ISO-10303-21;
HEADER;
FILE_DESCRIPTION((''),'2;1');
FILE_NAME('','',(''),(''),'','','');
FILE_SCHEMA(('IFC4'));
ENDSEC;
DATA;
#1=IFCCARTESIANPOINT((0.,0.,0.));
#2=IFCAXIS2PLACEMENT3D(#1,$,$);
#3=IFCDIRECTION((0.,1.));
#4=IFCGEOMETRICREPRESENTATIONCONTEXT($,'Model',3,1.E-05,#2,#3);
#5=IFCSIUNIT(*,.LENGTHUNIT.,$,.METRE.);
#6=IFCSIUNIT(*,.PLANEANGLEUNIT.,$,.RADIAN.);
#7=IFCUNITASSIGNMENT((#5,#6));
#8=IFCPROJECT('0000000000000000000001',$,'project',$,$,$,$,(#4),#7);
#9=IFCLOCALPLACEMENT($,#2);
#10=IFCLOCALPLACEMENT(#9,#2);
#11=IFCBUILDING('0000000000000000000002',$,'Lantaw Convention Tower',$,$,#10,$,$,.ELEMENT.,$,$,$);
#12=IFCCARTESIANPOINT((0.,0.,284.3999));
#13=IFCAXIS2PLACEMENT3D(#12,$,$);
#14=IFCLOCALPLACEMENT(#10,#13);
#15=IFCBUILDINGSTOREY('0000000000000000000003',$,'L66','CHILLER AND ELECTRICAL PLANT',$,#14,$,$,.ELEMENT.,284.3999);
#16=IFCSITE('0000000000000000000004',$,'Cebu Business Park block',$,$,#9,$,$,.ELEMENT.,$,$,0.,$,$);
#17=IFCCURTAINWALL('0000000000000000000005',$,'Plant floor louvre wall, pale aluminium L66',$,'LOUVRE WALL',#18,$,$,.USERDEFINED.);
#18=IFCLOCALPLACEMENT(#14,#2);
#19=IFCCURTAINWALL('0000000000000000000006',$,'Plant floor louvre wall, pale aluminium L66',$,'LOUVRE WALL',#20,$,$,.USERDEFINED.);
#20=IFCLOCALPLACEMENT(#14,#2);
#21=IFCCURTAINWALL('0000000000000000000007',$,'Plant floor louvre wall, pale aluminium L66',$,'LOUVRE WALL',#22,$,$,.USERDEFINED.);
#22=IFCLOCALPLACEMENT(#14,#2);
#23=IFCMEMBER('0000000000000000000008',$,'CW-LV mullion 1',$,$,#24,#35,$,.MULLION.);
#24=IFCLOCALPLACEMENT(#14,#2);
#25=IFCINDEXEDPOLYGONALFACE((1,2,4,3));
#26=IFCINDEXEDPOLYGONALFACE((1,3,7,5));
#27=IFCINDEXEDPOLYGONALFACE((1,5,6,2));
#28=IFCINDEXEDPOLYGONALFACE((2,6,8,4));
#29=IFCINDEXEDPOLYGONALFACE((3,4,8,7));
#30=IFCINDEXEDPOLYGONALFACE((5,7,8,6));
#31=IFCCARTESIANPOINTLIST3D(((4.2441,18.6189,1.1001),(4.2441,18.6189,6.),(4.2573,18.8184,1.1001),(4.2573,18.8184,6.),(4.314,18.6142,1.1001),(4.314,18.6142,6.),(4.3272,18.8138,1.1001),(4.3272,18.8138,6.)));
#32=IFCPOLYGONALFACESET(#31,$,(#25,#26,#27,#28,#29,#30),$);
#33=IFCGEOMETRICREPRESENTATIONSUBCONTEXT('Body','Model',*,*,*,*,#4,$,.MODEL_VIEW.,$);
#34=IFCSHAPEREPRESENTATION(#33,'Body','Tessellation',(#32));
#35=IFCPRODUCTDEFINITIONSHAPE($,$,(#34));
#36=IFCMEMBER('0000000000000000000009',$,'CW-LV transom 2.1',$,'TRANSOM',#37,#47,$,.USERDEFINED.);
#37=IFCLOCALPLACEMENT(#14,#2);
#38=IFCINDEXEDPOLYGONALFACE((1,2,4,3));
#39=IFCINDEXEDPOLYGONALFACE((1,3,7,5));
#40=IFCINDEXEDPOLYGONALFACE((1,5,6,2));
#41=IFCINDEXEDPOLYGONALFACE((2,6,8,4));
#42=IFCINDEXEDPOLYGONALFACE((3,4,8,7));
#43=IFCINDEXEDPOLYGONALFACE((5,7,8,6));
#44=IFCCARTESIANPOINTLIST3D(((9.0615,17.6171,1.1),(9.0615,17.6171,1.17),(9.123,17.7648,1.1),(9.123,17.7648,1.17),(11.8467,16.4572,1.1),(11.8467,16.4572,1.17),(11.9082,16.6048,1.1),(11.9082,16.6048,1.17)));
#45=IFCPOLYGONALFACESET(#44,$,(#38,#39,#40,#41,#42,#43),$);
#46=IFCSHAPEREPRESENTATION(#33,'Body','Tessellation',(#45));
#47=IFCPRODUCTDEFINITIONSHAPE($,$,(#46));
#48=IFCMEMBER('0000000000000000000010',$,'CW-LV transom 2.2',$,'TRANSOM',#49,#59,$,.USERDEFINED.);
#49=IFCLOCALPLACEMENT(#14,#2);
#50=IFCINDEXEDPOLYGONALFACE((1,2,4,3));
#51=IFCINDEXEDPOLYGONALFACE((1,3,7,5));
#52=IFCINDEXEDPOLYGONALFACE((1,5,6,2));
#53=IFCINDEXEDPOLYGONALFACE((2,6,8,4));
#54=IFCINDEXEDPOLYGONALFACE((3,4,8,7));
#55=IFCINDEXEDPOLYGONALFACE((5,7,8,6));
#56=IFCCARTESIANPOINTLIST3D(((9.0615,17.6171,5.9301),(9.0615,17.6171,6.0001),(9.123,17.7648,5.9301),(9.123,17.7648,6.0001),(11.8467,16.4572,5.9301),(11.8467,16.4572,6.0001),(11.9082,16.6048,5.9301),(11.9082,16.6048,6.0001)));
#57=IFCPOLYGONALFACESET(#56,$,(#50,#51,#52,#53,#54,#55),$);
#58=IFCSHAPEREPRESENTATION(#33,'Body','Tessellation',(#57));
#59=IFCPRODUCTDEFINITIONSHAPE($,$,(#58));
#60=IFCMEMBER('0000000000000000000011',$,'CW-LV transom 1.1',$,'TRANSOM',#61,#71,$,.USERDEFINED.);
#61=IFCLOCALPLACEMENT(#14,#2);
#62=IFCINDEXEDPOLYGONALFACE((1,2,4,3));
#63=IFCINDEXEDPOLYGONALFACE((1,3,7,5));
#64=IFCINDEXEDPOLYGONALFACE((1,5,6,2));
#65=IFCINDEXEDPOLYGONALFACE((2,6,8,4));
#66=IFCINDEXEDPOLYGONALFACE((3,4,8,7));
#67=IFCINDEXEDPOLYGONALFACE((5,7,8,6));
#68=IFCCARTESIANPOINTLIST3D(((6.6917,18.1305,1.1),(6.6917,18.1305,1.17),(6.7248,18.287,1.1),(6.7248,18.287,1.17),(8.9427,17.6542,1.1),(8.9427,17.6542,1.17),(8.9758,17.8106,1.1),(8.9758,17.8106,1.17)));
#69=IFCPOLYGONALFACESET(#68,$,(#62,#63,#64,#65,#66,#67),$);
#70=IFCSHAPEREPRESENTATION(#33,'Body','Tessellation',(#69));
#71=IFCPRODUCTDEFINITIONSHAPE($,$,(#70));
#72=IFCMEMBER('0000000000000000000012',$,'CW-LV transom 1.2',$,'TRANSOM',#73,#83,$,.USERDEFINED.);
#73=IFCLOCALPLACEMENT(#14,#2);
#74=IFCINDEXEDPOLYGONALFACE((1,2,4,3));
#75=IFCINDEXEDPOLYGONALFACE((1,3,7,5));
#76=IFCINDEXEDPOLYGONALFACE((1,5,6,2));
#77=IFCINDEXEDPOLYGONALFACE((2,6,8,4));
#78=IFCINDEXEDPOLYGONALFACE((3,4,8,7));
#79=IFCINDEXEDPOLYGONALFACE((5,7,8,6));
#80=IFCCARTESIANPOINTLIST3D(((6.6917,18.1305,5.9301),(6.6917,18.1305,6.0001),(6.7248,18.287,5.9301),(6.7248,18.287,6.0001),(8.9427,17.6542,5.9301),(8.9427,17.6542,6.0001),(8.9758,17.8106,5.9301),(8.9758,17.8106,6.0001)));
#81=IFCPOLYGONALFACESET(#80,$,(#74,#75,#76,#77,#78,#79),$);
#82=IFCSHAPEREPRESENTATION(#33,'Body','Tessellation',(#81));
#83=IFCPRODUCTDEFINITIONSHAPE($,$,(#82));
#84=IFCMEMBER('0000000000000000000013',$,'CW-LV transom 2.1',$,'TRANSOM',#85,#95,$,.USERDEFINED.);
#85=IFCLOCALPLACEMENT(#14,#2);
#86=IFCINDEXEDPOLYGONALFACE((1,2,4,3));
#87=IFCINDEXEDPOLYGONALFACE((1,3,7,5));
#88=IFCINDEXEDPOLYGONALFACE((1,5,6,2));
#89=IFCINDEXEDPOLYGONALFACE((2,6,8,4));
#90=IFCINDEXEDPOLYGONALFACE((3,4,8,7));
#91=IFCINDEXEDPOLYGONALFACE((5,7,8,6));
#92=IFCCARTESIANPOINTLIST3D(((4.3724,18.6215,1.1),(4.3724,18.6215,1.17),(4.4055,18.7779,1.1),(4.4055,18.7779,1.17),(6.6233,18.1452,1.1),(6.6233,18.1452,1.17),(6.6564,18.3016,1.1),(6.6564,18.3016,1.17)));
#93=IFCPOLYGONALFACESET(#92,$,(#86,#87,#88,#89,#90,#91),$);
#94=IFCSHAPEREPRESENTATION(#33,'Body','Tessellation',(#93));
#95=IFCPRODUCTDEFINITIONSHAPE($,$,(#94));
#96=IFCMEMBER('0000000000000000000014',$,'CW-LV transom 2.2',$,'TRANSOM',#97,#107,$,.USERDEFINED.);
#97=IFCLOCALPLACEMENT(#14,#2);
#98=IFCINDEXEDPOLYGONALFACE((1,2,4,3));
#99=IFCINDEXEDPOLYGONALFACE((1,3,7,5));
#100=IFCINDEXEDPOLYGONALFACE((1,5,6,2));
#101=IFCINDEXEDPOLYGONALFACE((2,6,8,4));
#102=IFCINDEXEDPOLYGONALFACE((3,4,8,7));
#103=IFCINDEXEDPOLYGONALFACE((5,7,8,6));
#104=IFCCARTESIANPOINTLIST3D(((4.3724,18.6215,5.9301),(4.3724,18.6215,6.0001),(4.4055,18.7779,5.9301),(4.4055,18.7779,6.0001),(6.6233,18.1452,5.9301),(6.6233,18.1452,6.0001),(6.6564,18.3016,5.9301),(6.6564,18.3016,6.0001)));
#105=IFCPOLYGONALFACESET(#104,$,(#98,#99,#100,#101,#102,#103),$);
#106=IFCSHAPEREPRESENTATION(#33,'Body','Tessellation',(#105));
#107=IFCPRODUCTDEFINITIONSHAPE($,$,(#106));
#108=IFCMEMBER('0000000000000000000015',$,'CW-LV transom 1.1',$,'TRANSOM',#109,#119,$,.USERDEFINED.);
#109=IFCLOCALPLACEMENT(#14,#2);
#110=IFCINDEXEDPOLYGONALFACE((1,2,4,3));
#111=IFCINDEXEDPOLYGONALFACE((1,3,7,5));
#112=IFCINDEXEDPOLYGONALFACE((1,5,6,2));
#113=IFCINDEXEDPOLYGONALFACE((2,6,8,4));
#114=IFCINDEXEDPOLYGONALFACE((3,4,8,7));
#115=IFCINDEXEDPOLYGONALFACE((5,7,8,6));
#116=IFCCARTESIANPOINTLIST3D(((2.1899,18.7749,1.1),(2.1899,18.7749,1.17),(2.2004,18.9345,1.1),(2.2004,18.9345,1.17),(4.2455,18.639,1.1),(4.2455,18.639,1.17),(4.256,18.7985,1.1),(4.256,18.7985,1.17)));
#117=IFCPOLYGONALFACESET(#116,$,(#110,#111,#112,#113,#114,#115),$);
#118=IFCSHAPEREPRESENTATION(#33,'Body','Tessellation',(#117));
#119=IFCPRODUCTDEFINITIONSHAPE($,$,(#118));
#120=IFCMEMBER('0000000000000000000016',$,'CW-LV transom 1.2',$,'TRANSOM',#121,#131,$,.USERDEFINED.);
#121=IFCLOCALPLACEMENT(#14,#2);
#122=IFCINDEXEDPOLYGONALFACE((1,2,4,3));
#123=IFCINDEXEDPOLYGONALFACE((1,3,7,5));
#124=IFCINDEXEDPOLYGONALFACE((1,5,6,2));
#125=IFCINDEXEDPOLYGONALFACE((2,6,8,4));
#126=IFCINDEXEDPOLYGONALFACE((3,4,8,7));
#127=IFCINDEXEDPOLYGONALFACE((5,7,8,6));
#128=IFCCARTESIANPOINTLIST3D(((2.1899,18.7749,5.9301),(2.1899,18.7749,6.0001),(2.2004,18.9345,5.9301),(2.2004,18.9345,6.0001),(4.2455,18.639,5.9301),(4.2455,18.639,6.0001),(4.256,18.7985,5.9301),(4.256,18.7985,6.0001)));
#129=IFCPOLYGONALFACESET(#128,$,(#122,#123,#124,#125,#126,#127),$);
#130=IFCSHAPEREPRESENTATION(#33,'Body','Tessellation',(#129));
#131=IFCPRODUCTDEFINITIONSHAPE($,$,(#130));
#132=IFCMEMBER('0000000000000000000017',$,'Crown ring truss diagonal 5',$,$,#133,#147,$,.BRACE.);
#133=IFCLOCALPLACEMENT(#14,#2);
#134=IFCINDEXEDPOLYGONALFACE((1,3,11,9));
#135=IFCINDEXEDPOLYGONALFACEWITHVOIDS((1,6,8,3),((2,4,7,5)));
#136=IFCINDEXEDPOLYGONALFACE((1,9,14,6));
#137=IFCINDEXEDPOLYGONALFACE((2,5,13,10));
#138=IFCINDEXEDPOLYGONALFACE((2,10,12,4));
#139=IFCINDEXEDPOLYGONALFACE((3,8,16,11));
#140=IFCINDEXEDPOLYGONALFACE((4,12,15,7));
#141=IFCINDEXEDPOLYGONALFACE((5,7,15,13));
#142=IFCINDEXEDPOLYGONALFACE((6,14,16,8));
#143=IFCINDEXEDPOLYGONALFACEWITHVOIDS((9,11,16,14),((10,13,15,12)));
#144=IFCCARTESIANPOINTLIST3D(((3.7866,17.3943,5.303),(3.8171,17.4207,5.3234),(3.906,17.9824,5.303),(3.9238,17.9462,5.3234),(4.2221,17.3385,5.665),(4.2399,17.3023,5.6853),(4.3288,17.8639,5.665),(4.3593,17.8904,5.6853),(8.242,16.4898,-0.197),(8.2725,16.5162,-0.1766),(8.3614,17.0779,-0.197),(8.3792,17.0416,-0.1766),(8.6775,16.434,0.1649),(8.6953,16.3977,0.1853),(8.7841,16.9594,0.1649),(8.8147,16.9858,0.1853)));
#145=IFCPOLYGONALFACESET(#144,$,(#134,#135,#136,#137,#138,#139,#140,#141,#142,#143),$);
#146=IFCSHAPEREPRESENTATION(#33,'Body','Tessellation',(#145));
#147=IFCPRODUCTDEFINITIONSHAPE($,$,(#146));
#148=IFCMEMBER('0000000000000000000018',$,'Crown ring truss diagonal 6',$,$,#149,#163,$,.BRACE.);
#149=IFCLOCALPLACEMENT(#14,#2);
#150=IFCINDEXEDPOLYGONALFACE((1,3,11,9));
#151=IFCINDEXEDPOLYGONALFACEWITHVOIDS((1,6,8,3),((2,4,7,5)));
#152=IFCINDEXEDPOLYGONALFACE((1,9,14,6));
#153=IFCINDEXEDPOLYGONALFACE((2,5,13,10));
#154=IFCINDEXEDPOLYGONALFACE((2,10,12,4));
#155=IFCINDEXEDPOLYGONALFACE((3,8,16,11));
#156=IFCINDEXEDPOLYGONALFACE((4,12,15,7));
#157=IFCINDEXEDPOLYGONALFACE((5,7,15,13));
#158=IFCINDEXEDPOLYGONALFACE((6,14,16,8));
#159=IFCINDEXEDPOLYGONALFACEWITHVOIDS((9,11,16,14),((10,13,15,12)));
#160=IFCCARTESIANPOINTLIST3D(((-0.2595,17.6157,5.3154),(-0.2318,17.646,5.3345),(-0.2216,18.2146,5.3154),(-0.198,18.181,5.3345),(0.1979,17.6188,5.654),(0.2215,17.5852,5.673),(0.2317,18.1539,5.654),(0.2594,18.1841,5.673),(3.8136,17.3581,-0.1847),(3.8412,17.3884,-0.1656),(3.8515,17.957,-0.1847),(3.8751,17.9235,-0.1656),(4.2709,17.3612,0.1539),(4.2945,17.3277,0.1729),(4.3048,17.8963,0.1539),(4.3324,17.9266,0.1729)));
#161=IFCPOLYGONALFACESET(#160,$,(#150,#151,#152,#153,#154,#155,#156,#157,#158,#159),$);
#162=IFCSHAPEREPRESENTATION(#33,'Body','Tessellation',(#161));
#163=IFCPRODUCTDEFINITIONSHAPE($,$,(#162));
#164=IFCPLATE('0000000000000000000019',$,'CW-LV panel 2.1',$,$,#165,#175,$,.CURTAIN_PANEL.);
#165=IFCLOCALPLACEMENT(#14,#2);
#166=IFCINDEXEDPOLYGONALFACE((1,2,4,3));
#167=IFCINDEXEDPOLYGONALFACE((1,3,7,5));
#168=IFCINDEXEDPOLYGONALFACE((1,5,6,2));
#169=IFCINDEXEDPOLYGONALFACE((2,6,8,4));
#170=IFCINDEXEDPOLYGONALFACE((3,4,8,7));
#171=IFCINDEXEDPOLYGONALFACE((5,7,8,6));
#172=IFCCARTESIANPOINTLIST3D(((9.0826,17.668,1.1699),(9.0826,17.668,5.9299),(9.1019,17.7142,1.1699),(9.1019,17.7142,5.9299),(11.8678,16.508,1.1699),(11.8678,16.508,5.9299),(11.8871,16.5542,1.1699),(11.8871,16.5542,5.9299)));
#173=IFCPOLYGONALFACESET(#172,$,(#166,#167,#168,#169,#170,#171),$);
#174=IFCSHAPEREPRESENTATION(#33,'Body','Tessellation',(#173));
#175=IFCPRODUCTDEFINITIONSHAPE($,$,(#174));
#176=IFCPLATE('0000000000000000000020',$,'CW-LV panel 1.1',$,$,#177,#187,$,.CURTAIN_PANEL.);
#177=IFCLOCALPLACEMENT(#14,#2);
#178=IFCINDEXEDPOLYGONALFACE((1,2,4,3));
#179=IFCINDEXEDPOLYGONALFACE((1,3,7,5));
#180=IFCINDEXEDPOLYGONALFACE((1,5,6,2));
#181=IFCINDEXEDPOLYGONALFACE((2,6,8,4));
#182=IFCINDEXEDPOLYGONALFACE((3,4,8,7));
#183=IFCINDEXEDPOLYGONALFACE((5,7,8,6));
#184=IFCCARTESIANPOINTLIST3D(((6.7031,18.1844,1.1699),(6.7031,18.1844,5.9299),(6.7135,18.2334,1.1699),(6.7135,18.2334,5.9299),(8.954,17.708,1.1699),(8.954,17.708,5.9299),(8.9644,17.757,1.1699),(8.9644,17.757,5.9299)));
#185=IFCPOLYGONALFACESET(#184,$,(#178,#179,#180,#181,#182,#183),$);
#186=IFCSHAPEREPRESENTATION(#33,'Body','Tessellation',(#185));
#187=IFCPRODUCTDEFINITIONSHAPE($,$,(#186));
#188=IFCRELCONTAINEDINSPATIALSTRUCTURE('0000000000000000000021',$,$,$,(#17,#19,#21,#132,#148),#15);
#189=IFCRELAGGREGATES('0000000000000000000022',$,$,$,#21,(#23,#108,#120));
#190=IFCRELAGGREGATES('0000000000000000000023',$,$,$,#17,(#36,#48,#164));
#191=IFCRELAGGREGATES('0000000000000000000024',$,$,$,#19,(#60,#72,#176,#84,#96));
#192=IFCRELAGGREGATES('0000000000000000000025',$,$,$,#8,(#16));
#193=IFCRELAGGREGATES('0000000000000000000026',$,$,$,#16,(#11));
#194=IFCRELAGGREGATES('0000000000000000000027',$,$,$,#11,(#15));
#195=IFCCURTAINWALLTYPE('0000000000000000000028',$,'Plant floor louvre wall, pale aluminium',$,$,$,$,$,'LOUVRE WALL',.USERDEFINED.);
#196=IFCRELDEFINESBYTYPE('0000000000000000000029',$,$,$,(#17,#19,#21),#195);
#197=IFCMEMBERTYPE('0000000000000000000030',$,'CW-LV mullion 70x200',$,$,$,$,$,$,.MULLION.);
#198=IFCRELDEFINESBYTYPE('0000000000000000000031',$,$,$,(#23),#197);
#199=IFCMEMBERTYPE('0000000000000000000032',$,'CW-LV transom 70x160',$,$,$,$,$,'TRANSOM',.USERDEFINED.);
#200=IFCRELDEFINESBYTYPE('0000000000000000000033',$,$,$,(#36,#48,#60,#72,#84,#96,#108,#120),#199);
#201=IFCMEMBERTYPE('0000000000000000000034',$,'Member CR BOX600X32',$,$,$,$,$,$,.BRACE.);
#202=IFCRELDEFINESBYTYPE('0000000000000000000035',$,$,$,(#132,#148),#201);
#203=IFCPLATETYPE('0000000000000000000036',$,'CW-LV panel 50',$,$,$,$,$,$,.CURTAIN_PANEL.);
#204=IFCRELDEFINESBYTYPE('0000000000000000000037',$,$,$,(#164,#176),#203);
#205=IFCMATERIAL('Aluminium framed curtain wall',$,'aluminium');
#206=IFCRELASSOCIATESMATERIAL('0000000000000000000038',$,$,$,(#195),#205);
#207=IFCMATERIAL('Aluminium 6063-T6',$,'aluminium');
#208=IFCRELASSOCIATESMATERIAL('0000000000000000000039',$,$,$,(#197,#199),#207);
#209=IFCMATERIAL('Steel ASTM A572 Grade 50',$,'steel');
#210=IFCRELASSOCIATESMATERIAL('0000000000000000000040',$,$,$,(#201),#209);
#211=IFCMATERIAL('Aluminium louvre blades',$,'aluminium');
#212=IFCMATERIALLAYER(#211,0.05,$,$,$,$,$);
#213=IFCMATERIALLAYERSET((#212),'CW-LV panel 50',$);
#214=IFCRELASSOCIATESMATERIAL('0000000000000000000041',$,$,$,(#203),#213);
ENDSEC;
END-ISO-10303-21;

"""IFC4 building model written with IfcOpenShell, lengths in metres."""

from ifc_helpers import new_model, si_unit, direction, frame, origin, origin_2d, place, context, subcontext, project, spatial, rectangle, hollow_rectangle, extrude, material, layer, layer_set, material_profile, profile_set, type_object, element, aggregate, save


model = new_model("IFC4")

# Units and contexts
model_context = context("Model", 3, precision=1e-05, world=origin(), true_north=direction((0.0, 1.0)))
body_context = subcontext(model_context, "Body", "Model", "MODEL_VIEW")
ifc_project = project(units=[si_unit("LENGTHUNIT", "METRE"), si_unit("PLANEANGLEUNIT", "RADIAN")], contexts=[model_context])

# Site, building, storey
site_placement = place(None, origin())
site = spatial("IfcSite", under=ifc_project, at=site_placement, Name="Cebu Business Park block", CompositionType="ELEMENT", RefElevation=0.0)
building_placement = place(site_placement, origin())
building = spatial("IfcBuilding", under=site, at=building_placement, Name="Lantaw Convention Tower", CompositionType="ELEMENT")
storey_placement = place(building_placement, frame((0.0, 0.0, 284.3999)))
storey = spatial("IfcBuildingStorey", under=building, at=storey_placement, Name="L66", Description="CHILLER AND ELECTRICAL PLANT", CompositionType="ELEMENT", Elevation=284.3999)

# Shared definitions
ifc_material_1 = material(Name="Steel ASTM A572 Grade 50", Category="steel")

# Curtain walls
ifc_material_2 = material(Name="Aluminium framed curtain wall", Category="aluminium")
curtain_wall_type = type_object("IfcCurtainWallType", Name="Plant floor louvre wall, pale aluminium", ElementType="LOUVRE WALL", PredefinedType="USERDEFINED", material=ifc_material_2)
curtain_wall_1_placement = place(storey_placement, origin())
curtain_wall_1 = element("IfcCurtainWall", 1, at=curtain_wall_1_placement, inside=storey, type_object=curtain_wall_type, Name="Plant floor louvre wall, pale aluminium L66", ObjectType="LOUVRE WALL", PredefinedType="USERDEFINED")
ifc_material_3 = material(Name="Aluminium 6063-T6", Category="aluminium")
ifc_material_profile_1 = material_profile(ifc_material_3, rectangle(XDim=0.2, YDim=0.0701, at=origin_2d()), Name="CW-LV mullion 70x200")
ifc_profile_set_1 = profile_set([ifc_material_profile_1], Name="Aluminium 6063-T6")
member_type_1 = type_object("IfcMemberType", Name="CW-LV mullion 70x200", PredefinedType="MULLION", material=ifc_profile_set_1)
curtain_wall_2_placement = place(storey_placement, origin())
curtain_wall_2 = element("IfcCurtainWall", 2, at=curtain_wall_2_placement, inside=storey, type_object=curtain_wall_type, Name="Plant floor louvre wall, pale aluminium L66", ObjectType="LOUVRE WALL", PredefinedType="USERDEFINED")

# Curtain wall, member
curtain_wall_3_placement = place(storey_placement, origin())
curtain_wall_3 = element("IfcCurtainWall", 3, at=curtain_wall_3_placement, inside=storey, type_object=curtain_wall_type, Name="Plant floor louvre wall, pale aluminium L66", ObjectType="LOUVRE WALL", PredefinedType="USERDEFINED")
member_1_placement = place(storey_placement, frame((4.2856, 18.7163, 1.1001), z_axis=(0.0, 0.0, 1.0), x_axis=(-0.066025, -0.997818, 0.0)))
member_1 = element("IfcMember", 4, at=member_1_placement, type_object=member_type_1, Name="CW-LV mullion 1", PredefinedType="MULLION", context=body_context, shape_type="SweptSolid", body=[
    extrude(rectangle(XDim=0.2, YDim=0.0701, at=origin_2d()), origin(), (0.0, 0.0, 1.0), 4.8999),
])

# Members
ifc_material_profile_2 = material_profile(ifc_material_3, rectangle(XDim=0.1599, YDim=0.0701, at=origin_2d()), Name="CW-LV transom 70x160")
ifc_profile_set_2 = profile_set([ifc_material_profile_2], Name="Aluminium 6063-T6")
member_type_2 = type_object("IfcMemberType", Name="CW-LV transom 70x160", ElementType="TRANSOM", PredefinedType="USERDEFINED", material=ifc_profile_set_2)
member_2_placement = place(storey_placement, frame((11.8774, 16.531, 1.135), z_axis=(-0.923144, 0.384454, 0.0), x_axis=(-0.384454, -0.923144, 0.0)))
member_2 = element("IfcMember", 5, at=member_2_placement, type_object=member_type_2, Name="CW-LV transom 2.1", ObjectType="TRANSOM", PredefinedType="USERDEFINED", context=body_context, shape_type="SweptSolid", body=[
    extrude(rectangle(XDim=0.1599, YDim=0.0701, at=origin_2d()), origin(), (0.0, 0.0, 1.0), 3.0171),
])
member_3_placement = place(storey_placement, frame((11.8774, 16.531, 5.9651), z_axis=(-0.923144, 0.384454, 0.0), x_axis=(-0.384454, -0.923144, 0.0)))
member_3 = element("IfcMember", 6, at=member_3_placement, type_object=member_type_2, Name="CW-LV transom 2.2", ObjectType="TRANSOM", PredefinedType="USERDEFINED", context=body_context, shape_type="SweptSolid", body=[
    extrude(rectangle(XDim=0.1599, YDim=0.0701, at=origin_2d()), origin(), (0.0, 0.0, 1.0), 3.0171),
])
member_4_placement = place(storey_placement, frame((8.9592, 17.7324, 1.135), z_axis=(-0.978336, 0.207021, 0.0), x_axis=(-0.207021, -0.978336, 0.0)))
member_4 = element("IfcMember", 7, at=member_4_placement, type_object=member_type_2, Name="CW-LV transom 1.1", ObjectType="TRANSOM", PredefinedType="USERDEFINED", context=body_context, shape_type="SweptSolid", body=[
    extrude(rectangle(XDim=0.1599, YDim=0.0701, at=origin_2d()), origin(), (0.0, 0.0, 1.0), 2.3008),
])
member_5_placement = place(storey_placement, frame((8.9592, 17.7324, 5.9651), z_axis=(-0.978336, 0.207021, 0.0), x_axis=(-0.207021, -0.978336, 0.0)))
member_5 = element("IfcMember", 8, at=member_5_placement, type_object=member_type_2, Name="CW-LV transom 1.2", ObjectType="TRANSOM", PredefinedType="USERDEFINED", context=body_context, shape_type="SweptSolid", body=[
    extrude(rectangle(XDim=0.1599, YDim=0.0701, at=origin_2d()), origin(), (0.0, 0.0, 1.0), 2.3008),
])
member_6_placement = place(storey_placement, frame((6.6399, 18.2234, 1.135), z_axis=(-0.978336, 0.207021, 0.0), x_axis=(-0.207021, -0.978336, 0.0)))
member_6 = element("IfcMember", 9, at=member_6_placement, type_object=member_type_2, Name="CW-LV transom 2.1", ObjectType="TRANSOM", PredefinedType="USERDEFINED", context=body_context, shape_type="SweptSolid", body=[
    extrude(rectangle(XDim=0.1599, YDim=0.0701, at=origin_2d()), origin(), (0.0, 0.0, 1.0), 2.3008),
])
member_7_placement = place(storey_placement, frame((6.6399, 18.2234, 5.9651), z_axis=(-0.978336, 0.207021, 0.0), x_axis=(-0.207021, -0.978336, 0.0)))
member_7 = element("IfcMember", 10, at=member_7_placement, type_object=member_type_2, Name="CW-LV transom 2.2", ObjectType="TRANSOM", PredefinedType="USERDEFINED", context=body_context, shape_type="SweptSolid", body=[
    extrude(rectangle(XDim=0.1599, YDim=0.0701, at=origin_2d()), origin(), (0.0, 0.0, 1.0), 2.3008),
])
member_8_placement = place(storey_placement, frame((4.2507, 18.7188, 1.135), z_axis=(-0.997819, 0.066008, 0.0), x_axis=(-0.066008, -0.997819, 0.0)))
member_8 = element("IfcMember", 11, at=member_8_placement, type_object=member_type_2, Name="CW-LV transom 1.1", ObjectType="TRANSOM", PredefinedType="USERDEFINED", context=body_context, shape_type="SweptSolid", body=[
    extrude(rectangle(XDim=0.1599, YDim=0.0701, at=origin_2d()), origin(), (0.0, 0.0, 1.0), 2.0601),
])
member_9_placement = place(storey_placement, frame((4.2507, 18.7188, 5.9651), z_axis=(-0.997819, 0.066008, 0.0), x_axis=(-0.066008, -0.997819, 0.0)))
member_9 = element("IfcMember", 12, at=member_9_placement, type_object=member_type_2, Name="CW-LV transom 1.2", ObjectType="TRANSOM", PredefinedType="USERDEFINED", context=body_context, shape_type="SweptSolid", body=[
    extrude(rectangle(XDim=0.1599, YDim=0.0701, at=origin_2d()), origin(), (0.0, 0.0, 1.0), 2.0601),
])
aggregate(curtain_wall_3, [member_1, member_8, member_9])

# Members
ifc_material_profile_3 = material_profile(ifc_material_1, hollow_rectangle(XDim=0.6001, YDim=0.6001, WallThickness=0.032, at=origin_2d()), Name="BOX600X32")
ifc_profile_set_3 = profile_set([ifc_material_profile_3], Name="Steel ASTM A572 Grade 50")
member_type_3 = type_object("IfcMemberType", Name="Member CR BOX600X32", PredefinedType="BRACE", material=ifc_profile_set_3)
member_10_placement = place(storey_placement, frame((8.5283, 16.7378, -0.0059), z_axis=(-0.624371, 0.126763, 0.770773), x_axis=(-0.198966, -0.980006, 0.0)))
element("IfcMember", 13, at=member_10_placement, inside=storey, type_object=member_type_3, Name="Crown ring truss diagonal 5", PredefinedType="BRACE", context=body_context, shape_type="SweptSolid", body=[
    extrude(hollow_rectangle(XDim=0.6001, YDim=0.6001, WallThickness=0.032, at=origin_2d()), origin(), (0.0, 0.0, 1.0), 7.1357),
])
member_11_placement = place(storey_placement, frame((4.073, 17.6423, -0.0059), z_axis=(-0.594705, 0.037608, 0.803064), x_axis=(-0.063112, -0.998006, 0.0)))
element("IfcMember", 14, at=member_11_placement, inside=storey, type_object=member_type_3, Name="Crown ring truss diagonal 6", PredefinedType="BRACE", context=body_context, shape_type="SweptSolid", body=[
    extrude(hollow_rectangle(XDim=0.6001, YDim=0.6001, WallThickness=0.032, at=origin_2d()), origin(), (0.0, 0.0, 1.0), 6.8489),
])

# Plates
ifc_material_4 = material(Name="Aluminium louvre blades", Category="aluminium")
ifc_layer_1 = layer(ifc_material_4, 0.05)
ifc_layer_set_1 = layer_set([ifc_layer_1], Name="CW-LV panel 50")
plate_type = type_object("IfcPlateType", Name="CW-LV panel 50", PredefinedType="CURTAIN_PANEL", material=ifc_layer_set_1)
plate_1_placement = place(storey_placement, frame((10.4849, 17.1111, 1.1699), z_axis=(0.0, 0.0, 1.0), x_axis=(-0.923142, 0.38446, 0.0)))
plate_1 = element("IfcPlate", 15, at=plate_1_placement, type_object=plate_type, Name="CW-LV panel 2.1", PredefinedType="CURTAIN_PANEL", context=body_context, shape_type="SweptSolid", body=[
    extrude(rectangle(XDim=3.0171, YDim=0.05, at=origin_2d()), origin(), (0.0, 0.0, 1.0), 4.76),
])
aggregate(curtain_wall_1, [member_2, member_3, plate_1])
plate_2_placement = place(storey_placement, frame((7.8337, 17.9707, 1.1699), z_axis=(0.0, 0.0, 1.0), x_axis=(-0.978332, 0.20704, 0.0)))
plate_2 = element("IfcPlate", 16, at=plate_2_placement, type_object=plate_type, Name="CW-LV panel 1.1", PredefinedType="CURTAIN_PANEL", context=body_context, shape_type="SweptSolid", body=[
    extrude(rectangle(XDim=2.3008, YDim=0.05, at=origin_2d()), origin(), (0.0, 0.0, 1.0), 4.76),
])
aggregate(curtain_wall_2, [member_4, member_5, plate_2, member_6, member_7])

save(model, "model.ifc")
